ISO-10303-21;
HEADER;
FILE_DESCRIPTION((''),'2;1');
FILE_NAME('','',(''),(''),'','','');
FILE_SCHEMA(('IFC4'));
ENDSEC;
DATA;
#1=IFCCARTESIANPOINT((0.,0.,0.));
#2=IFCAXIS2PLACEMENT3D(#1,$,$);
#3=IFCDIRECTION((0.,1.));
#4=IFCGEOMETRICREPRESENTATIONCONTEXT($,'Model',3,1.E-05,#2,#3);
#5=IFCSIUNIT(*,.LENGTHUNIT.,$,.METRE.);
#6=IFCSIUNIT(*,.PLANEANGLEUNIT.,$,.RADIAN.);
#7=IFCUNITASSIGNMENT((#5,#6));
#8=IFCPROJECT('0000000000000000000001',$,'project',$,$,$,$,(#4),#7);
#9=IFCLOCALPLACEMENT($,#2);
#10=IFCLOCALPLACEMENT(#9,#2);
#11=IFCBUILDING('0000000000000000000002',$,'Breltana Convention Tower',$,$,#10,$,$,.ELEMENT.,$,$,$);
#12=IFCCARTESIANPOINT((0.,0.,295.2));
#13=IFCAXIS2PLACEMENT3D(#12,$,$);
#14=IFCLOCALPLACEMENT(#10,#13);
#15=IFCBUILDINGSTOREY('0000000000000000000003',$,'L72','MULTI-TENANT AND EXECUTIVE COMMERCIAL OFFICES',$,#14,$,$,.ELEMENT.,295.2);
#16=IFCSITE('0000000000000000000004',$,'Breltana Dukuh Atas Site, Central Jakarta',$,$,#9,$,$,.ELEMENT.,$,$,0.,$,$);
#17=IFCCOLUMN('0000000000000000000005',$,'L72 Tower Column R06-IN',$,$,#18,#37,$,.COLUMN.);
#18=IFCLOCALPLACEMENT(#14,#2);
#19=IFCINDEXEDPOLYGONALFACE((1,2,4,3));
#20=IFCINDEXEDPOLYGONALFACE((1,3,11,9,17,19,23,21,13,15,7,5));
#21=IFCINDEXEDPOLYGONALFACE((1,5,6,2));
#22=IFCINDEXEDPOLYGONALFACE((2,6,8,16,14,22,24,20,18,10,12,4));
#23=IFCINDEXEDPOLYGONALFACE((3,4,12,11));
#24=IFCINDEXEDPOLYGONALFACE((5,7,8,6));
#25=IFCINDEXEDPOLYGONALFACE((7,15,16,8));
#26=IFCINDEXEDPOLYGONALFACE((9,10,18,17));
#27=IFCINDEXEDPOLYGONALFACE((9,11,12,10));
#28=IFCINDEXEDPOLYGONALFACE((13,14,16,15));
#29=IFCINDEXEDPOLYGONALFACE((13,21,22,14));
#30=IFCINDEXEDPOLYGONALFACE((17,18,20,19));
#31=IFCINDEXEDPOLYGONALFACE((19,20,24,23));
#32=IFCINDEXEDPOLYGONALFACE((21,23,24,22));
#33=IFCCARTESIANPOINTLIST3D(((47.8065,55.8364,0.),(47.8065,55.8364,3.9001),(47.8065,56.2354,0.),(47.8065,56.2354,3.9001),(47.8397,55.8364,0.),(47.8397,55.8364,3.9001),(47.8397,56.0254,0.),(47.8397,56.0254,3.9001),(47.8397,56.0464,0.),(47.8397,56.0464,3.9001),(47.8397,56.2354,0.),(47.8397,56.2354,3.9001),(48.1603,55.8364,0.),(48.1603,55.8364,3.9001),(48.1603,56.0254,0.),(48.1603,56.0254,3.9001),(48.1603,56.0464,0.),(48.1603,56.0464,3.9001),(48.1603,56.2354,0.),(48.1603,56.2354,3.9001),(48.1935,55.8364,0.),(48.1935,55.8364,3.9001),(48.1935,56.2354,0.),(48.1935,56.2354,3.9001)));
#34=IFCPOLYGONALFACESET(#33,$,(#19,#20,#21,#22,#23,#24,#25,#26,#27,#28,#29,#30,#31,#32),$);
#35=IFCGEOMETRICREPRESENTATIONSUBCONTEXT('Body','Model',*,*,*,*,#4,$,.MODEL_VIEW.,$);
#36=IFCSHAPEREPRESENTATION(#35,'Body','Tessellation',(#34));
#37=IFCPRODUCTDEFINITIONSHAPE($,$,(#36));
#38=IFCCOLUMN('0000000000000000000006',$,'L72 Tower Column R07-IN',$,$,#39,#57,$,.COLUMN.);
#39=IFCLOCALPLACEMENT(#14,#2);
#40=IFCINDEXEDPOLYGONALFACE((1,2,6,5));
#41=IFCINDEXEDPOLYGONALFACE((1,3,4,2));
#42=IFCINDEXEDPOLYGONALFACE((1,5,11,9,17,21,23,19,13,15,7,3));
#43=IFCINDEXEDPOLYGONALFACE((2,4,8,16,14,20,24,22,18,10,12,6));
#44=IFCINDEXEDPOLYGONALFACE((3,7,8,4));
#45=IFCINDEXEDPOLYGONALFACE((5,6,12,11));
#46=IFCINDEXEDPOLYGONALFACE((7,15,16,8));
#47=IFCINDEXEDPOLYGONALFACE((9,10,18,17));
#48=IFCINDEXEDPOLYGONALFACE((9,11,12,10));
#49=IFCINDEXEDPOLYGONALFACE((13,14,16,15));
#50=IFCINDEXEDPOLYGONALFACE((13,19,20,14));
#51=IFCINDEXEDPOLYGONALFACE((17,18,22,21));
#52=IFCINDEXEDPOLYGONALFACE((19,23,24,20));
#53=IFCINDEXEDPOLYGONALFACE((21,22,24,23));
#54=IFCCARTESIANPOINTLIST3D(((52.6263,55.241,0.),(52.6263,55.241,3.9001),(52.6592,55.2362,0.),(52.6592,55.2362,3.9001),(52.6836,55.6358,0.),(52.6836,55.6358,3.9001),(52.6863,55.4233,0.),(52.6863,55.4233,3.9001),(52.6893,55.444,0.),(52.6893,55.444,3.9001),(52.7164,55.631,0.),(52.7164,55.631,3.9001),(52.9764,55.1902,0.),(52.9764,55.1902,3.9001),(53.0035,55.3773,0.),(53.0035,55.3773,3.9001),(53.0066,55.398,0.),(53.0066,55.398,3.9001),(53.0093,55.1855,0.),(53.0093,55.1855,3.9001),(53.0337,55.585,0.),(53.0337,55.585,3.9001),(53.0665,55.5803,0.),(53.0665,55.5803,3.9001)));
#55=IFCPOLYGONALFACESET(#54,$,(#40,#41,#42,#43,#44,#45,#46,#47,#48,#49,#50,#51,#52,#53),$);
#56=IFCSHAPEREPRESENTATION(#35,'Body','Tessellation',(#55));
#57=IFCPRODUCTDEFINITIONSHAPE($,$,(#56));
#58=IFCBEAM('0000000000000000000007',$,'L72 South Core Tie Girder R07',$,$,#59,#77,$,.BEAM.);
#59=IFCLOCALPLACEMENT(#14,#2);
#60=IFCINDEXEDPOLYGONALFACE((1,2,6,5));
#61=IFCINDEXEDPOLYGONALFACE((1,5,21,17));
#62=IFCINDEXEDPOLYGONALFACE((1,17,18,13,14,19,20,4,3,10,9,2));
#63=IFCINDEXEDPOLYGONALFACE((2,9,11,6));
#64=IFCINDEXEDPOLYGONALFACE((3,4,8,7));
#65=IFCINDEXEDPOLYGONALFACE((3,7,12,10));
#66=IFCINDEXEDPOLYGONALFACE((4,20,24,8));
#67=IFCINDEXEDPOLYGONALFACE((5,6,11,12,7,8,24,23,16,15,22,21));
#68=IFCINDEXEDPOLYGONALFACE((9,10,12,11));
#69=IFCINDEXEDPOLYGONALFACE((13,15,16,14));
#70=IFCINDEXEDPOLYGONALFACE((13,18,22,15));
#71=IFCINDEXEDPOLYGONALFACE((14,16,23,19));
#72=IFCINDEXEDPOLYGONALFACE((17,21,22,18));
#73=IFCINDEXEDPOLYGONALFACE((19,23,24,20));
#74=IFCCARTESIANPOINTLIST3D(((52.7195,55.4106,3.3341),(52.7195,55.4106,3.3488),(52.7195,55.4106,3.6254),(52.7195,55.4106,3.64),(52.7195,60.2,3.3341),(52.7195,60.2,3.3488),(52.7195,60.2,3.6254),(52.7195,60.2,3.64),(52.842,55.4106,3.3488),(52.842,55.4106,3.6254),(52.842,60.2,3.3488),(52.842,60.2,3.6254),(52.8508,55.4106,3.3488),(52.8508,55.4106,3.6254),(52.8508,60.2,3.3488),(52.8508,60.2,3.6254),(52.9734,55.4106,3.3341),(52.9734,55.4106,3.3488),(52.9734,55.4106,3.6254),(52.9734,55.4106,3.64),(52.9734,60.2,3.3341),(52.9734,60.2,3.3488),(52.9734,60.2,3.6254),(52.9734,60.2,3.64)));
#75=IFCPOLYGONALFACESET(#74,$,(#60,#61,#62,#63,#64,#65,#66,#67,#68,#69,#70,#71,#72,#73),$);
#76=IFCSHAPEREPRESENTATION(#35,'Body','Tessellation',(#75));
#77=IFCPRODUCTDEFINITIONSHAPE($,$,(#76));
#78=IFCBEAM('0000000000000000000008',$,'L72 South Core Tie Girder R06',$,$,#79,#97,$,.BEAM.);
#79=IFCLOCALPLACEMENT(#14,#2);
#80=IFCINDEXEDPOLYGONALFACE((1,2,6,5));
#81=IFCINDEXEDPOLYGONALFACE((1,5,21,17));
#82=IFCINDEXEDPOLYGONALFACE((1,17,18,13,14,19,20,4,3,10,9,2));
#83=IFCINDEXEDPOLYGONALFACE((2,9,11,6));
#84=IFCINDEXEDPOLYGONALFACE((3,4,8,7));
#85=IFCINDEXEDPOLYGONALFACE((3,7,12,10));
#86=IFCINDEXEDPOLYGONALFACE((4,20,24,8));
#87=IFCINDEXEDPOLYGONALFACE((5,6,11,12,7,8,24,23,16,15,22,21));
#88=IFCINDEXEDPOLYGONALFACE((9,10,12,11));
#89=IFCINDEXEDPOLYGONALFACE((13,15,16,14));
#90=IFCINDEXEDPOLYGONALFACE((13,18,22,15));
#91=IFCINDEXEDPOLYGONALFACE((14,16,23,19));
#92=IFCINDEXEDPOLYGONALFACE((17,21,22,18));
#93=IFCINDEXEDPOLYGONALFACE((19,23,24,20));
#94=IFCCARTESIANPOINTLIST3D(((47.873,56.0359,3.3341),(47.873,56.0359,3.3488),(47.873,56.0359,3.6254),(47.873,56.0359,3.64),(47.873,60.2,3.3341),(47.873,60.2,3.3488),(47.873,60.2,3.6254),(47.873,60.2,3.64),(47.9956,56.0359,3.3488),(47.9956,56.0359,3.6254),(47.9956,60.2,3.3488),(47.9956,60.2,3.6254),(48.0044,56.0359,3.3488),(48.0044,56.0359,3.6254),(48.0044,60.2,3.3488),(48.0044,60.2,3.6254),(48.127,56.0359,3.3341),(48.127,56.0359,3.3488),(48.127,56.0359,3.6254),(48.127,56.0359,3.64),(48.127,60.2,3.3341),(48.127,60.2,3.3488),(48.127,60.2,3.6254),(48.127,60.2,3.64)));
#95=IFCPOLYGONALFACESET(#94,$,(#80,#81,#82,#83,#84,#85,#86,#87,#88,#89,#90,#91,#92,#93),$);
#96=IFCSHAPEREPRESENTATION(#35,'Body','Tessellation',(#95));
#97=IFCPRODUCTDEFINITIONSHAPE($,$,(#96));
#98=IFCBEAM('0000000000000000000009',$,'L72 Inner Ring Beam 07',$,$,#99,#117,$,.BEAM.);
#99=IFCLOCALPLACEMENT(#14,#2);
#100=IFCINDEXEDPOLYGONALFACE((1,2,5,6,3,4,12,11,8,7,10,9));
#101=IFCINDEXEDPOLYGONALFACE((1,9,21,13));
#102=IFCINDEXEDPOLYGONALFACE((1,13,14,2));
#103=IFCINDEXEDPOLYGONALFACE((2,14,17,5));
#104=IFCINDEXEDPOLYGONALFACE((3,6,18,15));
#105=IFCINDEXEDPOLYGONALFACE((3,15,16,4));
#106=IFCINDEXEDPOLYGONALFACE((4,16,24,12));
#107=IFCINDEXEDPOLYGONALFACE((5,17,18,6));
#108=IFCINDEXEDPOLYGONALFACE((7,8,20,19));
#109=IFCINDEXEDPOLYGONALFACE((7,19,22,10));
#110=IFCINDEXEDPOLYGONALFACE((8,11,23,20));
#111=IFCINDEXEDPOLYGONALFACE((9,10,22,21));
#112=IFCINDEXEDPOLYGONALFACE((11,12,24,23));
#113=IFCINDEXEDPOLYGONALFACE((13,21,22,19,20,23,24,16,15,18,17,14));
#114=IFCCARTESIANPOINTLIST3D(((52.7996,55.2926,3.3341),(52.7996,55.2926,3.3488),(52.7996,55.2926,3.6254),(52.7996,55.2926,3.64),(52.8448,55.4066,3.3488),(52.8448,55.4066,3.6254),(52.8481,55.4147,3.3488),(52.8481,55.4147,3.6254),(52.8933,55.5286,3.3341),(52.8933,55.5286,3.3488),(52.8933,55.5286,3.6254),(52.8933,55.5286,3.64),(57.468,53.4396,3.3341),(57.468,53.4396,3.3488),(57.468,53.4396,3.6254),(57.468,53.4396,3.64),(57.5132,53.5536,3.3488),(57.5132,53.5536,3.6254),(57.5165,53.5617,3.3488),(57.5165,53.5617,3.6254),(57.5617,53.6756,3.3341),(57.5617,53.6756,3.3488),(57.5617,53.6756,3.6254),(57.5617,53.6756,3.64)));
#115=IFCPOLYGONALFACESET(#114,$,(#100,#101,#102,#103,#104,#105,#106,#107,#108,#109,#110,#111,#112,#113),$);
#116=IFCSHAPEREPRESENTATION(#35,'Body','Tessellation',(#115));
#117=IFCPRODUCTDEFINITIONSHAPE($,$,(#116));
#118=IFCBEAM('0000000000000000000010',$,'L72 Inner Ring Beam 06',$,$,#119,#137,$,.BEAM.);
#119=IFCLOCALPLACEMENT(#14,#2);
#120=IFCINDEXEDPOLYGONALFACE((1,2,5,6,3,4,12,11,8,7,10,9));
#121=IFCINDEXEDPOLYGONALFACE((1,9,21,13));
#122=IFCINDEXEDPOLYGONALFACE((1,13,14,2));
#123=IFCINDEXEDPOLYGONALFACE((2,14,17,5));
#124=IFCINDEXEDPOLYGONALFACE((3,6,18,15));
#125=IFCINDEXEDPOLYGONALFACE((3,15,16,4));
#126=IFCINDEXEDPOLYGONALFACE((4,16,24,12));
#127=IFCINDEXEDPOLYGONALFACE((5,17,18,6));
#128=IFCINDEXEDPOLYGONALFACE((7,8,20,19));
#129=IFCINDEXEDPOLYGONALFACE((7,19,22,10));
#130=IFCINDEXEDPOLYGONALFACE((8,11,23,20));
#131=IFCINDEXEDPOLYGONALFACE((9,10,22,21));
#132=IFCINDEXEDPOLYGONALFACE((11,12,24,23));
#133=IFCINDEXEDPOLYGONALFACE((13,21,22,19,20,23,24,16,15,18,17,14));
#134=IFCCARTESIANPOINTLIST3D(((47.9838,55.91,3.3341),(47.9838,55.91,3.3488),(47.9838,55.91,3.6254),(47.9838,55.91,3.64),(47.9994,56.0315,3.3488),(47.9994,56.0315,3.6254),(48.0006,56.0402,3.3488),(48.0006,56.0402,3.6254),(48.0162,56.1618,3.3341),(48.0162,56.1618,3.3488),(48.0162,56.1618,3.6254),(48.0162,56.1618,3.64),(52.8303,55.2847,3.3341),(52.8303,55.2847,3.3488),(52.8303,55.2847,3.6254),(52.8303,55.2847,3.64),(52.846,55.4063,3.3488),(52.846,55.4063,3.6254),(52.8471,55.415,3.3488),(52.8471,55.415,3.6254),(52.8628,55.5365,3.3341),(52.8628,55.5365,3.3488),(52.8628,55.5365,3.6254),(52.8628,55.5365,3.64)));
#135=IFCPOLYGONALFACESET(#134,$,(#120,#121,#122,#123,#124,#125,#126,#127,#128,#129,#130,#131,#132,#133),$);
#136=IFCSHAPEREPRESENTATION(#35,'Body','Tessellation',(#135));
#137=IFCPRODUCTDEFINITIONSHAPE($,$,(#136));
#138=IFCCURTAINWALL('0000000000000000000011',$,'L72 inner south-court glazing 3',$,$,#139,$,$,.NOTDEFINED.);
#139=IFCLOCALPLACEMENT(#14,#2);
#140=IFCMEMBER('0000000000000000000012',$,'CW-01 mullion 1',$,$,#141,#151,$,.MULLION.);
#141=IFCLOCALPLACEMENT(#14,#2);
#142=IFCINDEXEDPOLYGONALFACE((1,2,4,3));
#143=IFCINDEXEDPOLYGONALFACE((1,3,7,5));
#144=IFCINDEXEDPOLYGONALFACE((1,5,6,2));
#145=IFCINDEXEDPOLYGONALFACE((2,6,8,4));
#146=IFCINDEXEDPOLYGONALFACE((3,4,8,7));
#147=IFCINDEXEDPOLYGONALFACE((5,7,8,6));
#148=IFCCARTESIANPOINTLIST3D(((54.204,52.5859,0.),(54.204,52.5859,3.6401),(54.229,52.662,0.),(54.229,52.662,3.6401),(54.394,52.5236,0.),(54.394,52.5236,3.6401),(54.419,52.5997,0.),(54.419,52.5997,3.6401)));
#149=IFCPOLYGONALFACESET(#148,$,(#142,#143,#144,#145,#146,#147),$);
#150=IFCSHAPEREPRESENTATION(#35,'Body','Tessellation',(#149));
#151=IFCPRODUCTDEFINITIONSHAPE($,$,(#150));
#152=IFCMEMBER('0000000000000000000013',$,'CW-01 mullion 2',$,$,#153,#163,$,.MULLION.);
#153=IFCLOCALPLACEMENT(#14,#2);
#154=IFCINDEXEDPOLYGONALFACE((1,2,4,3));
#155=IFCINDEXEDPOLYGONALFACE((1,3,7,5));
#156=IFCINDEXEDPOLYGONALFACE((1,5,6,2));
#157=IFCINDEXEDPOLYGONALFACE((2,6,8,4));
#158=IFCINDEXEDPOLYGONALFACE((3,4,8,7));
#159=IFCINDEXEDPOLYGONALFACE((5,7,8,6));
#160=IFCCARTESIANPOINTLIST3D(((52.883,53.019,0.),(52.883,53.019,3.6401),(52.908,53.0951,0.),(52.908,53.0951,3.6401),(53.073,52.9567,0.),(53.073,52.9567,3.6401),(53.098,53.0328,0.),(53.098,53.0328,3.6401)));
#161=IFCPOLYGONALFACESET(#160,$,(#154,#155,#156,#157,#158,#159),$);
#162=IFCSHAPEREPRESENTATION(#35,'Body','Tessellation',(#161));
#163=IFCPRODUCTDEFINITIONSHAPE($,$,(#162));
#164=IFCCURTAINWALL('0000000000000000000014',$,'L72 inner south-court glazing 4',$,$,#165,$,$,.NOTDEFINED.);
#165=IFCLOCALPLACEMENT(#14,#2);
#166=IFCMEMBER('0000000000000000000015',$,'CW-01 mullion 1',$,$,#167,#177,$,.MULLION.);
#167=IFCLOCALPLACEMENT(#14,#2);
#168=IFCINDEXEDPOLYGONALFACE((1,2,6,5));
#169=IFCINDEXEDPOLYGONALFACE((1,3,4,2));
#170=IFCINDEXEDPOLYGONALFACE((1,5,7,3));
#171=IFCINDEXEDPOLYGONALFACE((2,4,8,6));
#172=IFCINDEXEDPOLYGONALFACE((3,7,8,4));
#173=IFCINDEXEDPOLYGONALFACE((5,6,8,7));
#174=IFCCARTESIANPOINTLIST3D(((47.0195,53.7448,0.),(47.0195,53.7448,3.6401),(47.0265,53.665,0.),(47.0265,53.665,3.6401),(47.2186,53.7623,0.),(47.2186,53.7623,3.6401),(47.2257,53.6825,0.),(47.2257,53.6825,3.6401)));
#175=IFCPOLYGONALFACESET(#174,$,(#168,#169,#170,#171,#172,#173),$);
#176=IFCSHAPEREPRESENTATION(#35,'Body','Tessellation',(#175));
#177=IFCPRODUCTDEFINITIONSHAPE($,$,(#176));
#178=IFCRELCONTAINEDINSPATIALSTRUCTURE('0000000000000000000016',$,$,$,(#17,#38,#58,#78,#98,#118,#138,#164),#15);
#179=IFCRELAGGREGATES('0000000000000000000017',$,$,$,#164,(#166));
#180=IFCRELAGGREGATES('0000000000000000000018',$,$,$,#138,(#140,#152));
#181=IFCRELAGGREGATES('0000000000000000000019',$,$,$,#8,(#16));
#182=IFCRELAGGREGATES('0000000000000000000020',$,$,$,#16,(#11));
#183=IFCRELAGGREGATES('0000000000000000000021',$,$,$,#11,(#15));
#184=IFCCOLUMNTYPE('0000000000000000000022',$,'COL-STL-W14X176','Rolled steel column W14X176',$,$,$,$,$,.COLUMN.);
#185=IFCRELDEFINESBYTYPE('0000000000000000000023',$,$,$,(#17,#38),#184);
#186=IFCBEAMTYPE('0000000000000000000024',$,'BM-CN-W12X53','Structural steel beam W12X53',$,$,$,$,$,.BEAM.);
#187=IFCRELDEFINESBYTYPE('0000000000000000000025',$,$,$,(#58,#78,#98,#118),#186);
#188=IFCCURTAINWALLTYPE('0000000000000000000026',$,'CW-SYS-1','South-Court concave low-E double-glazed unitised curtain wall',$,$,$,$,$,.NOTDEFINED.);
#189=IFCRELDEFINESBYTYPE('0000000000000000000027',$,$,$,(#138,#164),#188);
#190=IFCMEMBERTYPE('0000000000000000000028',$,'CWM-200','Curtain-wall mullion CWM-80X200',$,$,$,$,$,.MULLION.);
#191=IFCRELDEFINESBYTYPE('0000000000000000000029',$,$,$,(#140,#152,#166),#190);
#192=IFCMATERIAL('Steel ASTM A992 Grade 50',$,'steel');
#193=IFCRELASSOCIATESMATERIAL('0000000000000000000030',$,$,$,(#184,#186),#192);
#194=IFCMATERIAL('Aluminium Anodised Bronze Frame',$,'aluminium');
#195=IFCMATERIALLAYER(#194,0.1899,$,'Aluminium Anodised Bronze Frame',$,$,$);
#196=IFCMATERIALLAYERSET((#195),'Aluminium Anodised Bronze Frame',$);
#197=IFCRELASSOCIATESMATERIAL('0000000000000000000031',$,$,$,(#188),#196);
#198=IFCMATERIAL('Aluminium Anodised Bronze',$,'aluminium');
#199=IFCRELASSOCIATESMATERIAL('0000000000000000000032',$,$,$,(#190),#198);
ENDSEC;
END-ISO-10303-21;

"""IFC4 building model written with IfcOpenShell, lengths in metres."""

from ifc_helpers import new_model, si_unit, direction, frame, origin, origin_2d, place, context, subcontext, project, spatial, rectangle, i_section, extrude, source, transform, mapped, material, layer, layer_set, material_profile, profile_set, type_object, element, aggregate, save


model = new_model("IFC4")

# Units and contexts
model_context = context("Model", 3, precision=1e-05, world=origin(), true_north=direction((0.0, 1.0)))
body_context = subcontext(model_context, "Body", "Model", "MODEL_VIEW")
ifc_project = project(units=[si_unit("LENGTHUNIT", "METRE"), si_unit("PLANEANGLEUNIT", "RADIAN")], contexts=[model_context])

# Site, building, storey
site_placement = place(None, origin())
site = spatial("IfcSite", under=ifc_project, at=site_placement, Name="Breltana Dukuh Atas Site, Central Jakarta", CompositionType="ELEMENT", RefElevation=0.0)
building_placement = place(site_placement, origin())
building = spatial("IfcBuilding", under=site, at=building_placement, Name="Breltana Convention Tower", CompositionType="ELEMENT")
storey_placement = place(building_placement, frame((0.0, 0.0, 295.2)))
storey = spatial("IfcBuildingStorey", under=building, at=storey_placement, Name="L72", Description="MULTI-TENANT AND EXECUTIVE COMMERCIAL OFFICES", CompositionType="ELEMENT", Elevation=295.2)

# Columns
ifc_material_1 = material(Name="Steel ASTM A992 Grade 50", Category="steel")
ifc_material_profile_1 = material_profile(ifc_material_1, i_section(OverallWidth=0.3989, OverallDepth=0.387, WebThickness=0.021, FlangeThickness=0.0332, at=origin_2d()), Name="W14X176")
ifc_profile_set_1 = profile_set([ifc_material_profile_1], Name="Steel ASTM A992 Grade 50")
column_type = type_object("IfcColumnType", Name="COL-STL-W14X176", Description="Rolled steel column W14X176", PredefinedType="COLUMN", material=ifc_profile_set_1)
shared_shape_1 = source(origin(), body_context, "Body", "SweptSolid", [
    extrude(i_section(OverallWidth=0.3989, OverallDepth=0.387, WebThickness=0.021, FlangeThickness=0.0332, at=origin_2d()), origin(), (0.0, 0.0, 1.0), 3.9001),
])
for number, where, z_axis, x_axis, name in (
    (1, (48.0, 56.0359, 0.0), (0.0, 0.0, 1.0), (0.0, 1.0, 0.0), "L72 Tower Column R06-IN"),
    (2, (52.8464, 55.4106, 0.0), (0.0, 0.0, 1.0), (0.143493, 0.989651, 0.0), "L72 Tower Column R07-IN"),
):
    element("IfcColumn", number, at=place(storey_placement, frame(where, z_axis=z_axis, x_axis=x_axis)), inside=storey, type_object=column_type, Name=name, PredefinedType="COLUMN", context=body_context, shape_type="MappedRepresentation", body=[
        mapped(shared_shape_1, transform((0.0, 0.0, 0.0), scale=1.0)),
    ])

# Beams
ifc_material_profile_2 = material_profile(ifc_material_1, i_section(OverallWidth=0.2539, OverallDepth=0.3059, WebThickness=0.0088, FlangeThickness=0.0146, at=origin_2d()), Name="W12X53")
ifc_profile_set_2 = profile_set([ifc_material_profile_2], Name="Steel ASTM A992 Grade 50")
beam_type = type_object("IfcBeamType", Name="BM-CN-W12X53", Description="Structural steel beam W12X53", PredefinedType="BEAM", material=ifc_profile_set_2)
shared_shape_2 = source(origin(), body_context, "Body", "SweptSolid", [
    extrude(i_section(OverallWidth=0.2539, OverallDepth=0.3059, WebThickness=0.0088, FlangeThickness=0.0146, at=origin_2d()), origin(), (0.0, 0.0, 1.0), 4.7893),
])
beam_1_placement = place(storey_placement, frame((52.8464, 60.2, 3.4871), z_axis=(0.0, -1.0, 0.0), x_axis=(1.0, 0.0, 0.0)))
element("IfcBeam", 3, at=beam_1_placement, inside=storey, type_object=beam_type, Name="L72 South Core Tie Girder R07", PredefinedType="BEAM", context=body_context, shape_type="MappedRepresentation", body=[
    mapped(shared_shape_2, transform((0.0, 0.0, 0.0), scale=1.0)),
])
shared_shape_3 = source(origin(), body_context, "Body", "SweptSolid", [
    extrude(i_section(OverallWidth=0.2539, OverallDepth=0.3059, WebThickness=0.0088, FlangeThickness=0.0146, at=origin_2d()), origin(), (0.0, 0.0, 1.0), 4.1641),
])
beam_2_placement = place(storey_placement, frame((48.0, 60.2, 3.4871), z_axis=(0.0, -1.0, 0.0), x_axis=(1.0, 0.0, 0.0)))
element("IfcBeam", 4, at=beam_2_placement, inside=storey, type_object=beam_type, Name="L72 South Core Tie Girder R06", PredefinedType="BEAM", context=body_context, shape_type="MappedRepresentation", body=[
    mapped(shared_shape_3, transform((0.0, 0.0, 0.0), scale=1.0)),
])
shared_shape_4 = source(origin(), body_context, "Body", "SweptSolid", [
    extrude(i_section(OverallWidth=0.2539, OverallDepth=0.3059, WebThickness=0.0088, FlangeThickness=0.0146, at=origin_2d()), origin(), (0.0, 0.0, 1.0), 5.0227),
])
beam_3_placement = place(storey_placement, frame((52.8464, 55.4106, 3.4871), z_axis=(0.929459, -0.368926, 0.0), x_axis=(0.368926, 0.929459, 0.0)))
element("IfcBeam", 5, at=beam_3_placement, inside=storey, type_object=beam_type, Name="L72 Inner Ring Beam 07", PredefinedType="BEAM", context=body_context, shape_type="MappedRepresentation", body=[
    mapped(shared_shape_4, transform((0.0, 0.0, 0.0), scale=1.0)),
])
shared_shape_5 = source(origin(), body_context, "Body", "SweptSolid", [
    extrude(i_section(OverallWidth=0.2539, OverallDepth=0.3059, WebThickness=0.0088, FlangeThickness=0.0146, at=origin_2d()), origin(), (0.0, 0.0, 1.0), 4.8867),
])
beam_4_placement = place(storey_placement, frame((48.0, 56.0359, 3.4871), z_axis=(0.991781, -0.127951, 0.0), x_axis=(0.127951, 0.991781, 0.0)))
element("IfcBeam", 6, at=beam_4_placement, inside=storey, type_object=beam_type, Name="L72 Inner Ring Beam 06", PredefinedType="BEAM", context=body_context, shape_type="MappedRepresentation", body=[
    mapped(shared_shape_5, transform((0.0, 0.0, 0.0), scale=1.0)),
])

# Curtain wall, members
ifc_material_2 = material(Name="Aluminium Anodised Bronze Frame", Category="aluminium")
ifc_layer_1 = layer(ifc_material_2, 0.1899, Name="Aluminium Anodised Bronze Frame")
ifc_layer_set_1 = layer_set([ifc_layer_1], Name="Aluminium Anodised Bronze Frame")
curtain_wall_type = type_object("IfcCurtainWallType", Name="CW-SYS-1", Description="South-Court concave low-E double-glazed unitised curtain wall", PredefinedType="NOTDEFINED", material=ifc_layer_set_1)
curtain_wall_1_placement = place(storey_placement, origin())
curtain_wall_1 = element("IfcCurtainWall", 7, at=curtain_wall_1_placement, inside=storey, type_object=curtain_wall_type, Name="L72 inner south-court glazing 3", PredefinedType="NOTDEFINED")
ifc_material_3 = material(Name="Aluminium Anodised Bronze", Category="aluminium")
ifc_material_profile_3 = material_profile(ifc_material_3, rectangle(XDim=0.0801, YDim=0.2, at=origin_2d()), Name="CWM-80X200")
ifc_profile_set_3 = profile_set([ifc_material_profile_3], Name="Aluminium Anodised Bronze")
member_type_1 = type_object("IfcMemberType", Name="CWM-200", Description="Curtain-wall mullion CWM-80X200", PredefinedType="MULLION", material=ifc_profile_set_3)
shared_shape_6 = source(origin(), body_context, "Body", "SweptSolid", [
    extrude(rectangle(XDim=0.0801, YDim=0.2, at=origin_2d()), origin(), (0.0, 0.0, 1.0), 3.6401),
])
member_1_placement = place(storey_placement, frame((54.3115, 52.5928, 0.0), z_axis=(0.0, 0.0, 1.0), x_axis=(-0.311552, -0.950229, 0.0)))
member_1 = element("IfcMember", 8, at=member_1_placement, type_object=member_type_1, Name="CW-01 mullion 1", PredefinedType="MULLION", context=body_context, shape_type="MappedRepresentation", body=[
    mapped(shared_shape_6, transform((0.0, 0.0, 0.0), scale=1.0)),
])
member_2_placement = place(storey_placement, frame((52.9905, 53.0259, 0.0), z_axis=(0.0, 0.0, 1.0), x_axis=(-0.311552, -0.950229, 0.0)))
member_2 = element("IfcMember", 9, at=member_2_placement, type_object=member_type_1, Name="CW-01 mullion 2", PredefinedType="MULLION", context=body_context, shape_type="MappedRepresentation", body=[
    mapped(shared_shape_6, transform((0.0, 0.0, 0.0), scale=1.0)),
])

# Curtain wall, member
curtain_wall_2_placement = place(storey_placement, origin())
curtain_wall_2 = element("IfcCurtainWall", 10, at=curtain_wall_2_placement, inside=storey, type_object=curtain_wall_type, Name="L72 inner south-court glazing 4", PredefinedType="NOTDEFINED")
member_3_placement = place(storey_placement, frame((47.1226, 53.7136, 0.0), z_axis=(0.0, 0.0, 1.0), x_axis=(0.087519, -0.996163, 0.0)))
member_3 = element("IfcMember", 11, at=member_3_placement, type_object=member_type_1, Name="CW-01 mullion 1", PredefinedType="MULLION", context=body_context, shape_type="MappedRepresentation", body=[
    mapped(shared_shape_6, transform((0.0, 0.0, 0.0), scale=1.0)),
])
aggregate(curtain_wall_2, [member_3])

aggregate(curtain_wall_1, [member_1, member_2])

save(model, "model.ifc")
